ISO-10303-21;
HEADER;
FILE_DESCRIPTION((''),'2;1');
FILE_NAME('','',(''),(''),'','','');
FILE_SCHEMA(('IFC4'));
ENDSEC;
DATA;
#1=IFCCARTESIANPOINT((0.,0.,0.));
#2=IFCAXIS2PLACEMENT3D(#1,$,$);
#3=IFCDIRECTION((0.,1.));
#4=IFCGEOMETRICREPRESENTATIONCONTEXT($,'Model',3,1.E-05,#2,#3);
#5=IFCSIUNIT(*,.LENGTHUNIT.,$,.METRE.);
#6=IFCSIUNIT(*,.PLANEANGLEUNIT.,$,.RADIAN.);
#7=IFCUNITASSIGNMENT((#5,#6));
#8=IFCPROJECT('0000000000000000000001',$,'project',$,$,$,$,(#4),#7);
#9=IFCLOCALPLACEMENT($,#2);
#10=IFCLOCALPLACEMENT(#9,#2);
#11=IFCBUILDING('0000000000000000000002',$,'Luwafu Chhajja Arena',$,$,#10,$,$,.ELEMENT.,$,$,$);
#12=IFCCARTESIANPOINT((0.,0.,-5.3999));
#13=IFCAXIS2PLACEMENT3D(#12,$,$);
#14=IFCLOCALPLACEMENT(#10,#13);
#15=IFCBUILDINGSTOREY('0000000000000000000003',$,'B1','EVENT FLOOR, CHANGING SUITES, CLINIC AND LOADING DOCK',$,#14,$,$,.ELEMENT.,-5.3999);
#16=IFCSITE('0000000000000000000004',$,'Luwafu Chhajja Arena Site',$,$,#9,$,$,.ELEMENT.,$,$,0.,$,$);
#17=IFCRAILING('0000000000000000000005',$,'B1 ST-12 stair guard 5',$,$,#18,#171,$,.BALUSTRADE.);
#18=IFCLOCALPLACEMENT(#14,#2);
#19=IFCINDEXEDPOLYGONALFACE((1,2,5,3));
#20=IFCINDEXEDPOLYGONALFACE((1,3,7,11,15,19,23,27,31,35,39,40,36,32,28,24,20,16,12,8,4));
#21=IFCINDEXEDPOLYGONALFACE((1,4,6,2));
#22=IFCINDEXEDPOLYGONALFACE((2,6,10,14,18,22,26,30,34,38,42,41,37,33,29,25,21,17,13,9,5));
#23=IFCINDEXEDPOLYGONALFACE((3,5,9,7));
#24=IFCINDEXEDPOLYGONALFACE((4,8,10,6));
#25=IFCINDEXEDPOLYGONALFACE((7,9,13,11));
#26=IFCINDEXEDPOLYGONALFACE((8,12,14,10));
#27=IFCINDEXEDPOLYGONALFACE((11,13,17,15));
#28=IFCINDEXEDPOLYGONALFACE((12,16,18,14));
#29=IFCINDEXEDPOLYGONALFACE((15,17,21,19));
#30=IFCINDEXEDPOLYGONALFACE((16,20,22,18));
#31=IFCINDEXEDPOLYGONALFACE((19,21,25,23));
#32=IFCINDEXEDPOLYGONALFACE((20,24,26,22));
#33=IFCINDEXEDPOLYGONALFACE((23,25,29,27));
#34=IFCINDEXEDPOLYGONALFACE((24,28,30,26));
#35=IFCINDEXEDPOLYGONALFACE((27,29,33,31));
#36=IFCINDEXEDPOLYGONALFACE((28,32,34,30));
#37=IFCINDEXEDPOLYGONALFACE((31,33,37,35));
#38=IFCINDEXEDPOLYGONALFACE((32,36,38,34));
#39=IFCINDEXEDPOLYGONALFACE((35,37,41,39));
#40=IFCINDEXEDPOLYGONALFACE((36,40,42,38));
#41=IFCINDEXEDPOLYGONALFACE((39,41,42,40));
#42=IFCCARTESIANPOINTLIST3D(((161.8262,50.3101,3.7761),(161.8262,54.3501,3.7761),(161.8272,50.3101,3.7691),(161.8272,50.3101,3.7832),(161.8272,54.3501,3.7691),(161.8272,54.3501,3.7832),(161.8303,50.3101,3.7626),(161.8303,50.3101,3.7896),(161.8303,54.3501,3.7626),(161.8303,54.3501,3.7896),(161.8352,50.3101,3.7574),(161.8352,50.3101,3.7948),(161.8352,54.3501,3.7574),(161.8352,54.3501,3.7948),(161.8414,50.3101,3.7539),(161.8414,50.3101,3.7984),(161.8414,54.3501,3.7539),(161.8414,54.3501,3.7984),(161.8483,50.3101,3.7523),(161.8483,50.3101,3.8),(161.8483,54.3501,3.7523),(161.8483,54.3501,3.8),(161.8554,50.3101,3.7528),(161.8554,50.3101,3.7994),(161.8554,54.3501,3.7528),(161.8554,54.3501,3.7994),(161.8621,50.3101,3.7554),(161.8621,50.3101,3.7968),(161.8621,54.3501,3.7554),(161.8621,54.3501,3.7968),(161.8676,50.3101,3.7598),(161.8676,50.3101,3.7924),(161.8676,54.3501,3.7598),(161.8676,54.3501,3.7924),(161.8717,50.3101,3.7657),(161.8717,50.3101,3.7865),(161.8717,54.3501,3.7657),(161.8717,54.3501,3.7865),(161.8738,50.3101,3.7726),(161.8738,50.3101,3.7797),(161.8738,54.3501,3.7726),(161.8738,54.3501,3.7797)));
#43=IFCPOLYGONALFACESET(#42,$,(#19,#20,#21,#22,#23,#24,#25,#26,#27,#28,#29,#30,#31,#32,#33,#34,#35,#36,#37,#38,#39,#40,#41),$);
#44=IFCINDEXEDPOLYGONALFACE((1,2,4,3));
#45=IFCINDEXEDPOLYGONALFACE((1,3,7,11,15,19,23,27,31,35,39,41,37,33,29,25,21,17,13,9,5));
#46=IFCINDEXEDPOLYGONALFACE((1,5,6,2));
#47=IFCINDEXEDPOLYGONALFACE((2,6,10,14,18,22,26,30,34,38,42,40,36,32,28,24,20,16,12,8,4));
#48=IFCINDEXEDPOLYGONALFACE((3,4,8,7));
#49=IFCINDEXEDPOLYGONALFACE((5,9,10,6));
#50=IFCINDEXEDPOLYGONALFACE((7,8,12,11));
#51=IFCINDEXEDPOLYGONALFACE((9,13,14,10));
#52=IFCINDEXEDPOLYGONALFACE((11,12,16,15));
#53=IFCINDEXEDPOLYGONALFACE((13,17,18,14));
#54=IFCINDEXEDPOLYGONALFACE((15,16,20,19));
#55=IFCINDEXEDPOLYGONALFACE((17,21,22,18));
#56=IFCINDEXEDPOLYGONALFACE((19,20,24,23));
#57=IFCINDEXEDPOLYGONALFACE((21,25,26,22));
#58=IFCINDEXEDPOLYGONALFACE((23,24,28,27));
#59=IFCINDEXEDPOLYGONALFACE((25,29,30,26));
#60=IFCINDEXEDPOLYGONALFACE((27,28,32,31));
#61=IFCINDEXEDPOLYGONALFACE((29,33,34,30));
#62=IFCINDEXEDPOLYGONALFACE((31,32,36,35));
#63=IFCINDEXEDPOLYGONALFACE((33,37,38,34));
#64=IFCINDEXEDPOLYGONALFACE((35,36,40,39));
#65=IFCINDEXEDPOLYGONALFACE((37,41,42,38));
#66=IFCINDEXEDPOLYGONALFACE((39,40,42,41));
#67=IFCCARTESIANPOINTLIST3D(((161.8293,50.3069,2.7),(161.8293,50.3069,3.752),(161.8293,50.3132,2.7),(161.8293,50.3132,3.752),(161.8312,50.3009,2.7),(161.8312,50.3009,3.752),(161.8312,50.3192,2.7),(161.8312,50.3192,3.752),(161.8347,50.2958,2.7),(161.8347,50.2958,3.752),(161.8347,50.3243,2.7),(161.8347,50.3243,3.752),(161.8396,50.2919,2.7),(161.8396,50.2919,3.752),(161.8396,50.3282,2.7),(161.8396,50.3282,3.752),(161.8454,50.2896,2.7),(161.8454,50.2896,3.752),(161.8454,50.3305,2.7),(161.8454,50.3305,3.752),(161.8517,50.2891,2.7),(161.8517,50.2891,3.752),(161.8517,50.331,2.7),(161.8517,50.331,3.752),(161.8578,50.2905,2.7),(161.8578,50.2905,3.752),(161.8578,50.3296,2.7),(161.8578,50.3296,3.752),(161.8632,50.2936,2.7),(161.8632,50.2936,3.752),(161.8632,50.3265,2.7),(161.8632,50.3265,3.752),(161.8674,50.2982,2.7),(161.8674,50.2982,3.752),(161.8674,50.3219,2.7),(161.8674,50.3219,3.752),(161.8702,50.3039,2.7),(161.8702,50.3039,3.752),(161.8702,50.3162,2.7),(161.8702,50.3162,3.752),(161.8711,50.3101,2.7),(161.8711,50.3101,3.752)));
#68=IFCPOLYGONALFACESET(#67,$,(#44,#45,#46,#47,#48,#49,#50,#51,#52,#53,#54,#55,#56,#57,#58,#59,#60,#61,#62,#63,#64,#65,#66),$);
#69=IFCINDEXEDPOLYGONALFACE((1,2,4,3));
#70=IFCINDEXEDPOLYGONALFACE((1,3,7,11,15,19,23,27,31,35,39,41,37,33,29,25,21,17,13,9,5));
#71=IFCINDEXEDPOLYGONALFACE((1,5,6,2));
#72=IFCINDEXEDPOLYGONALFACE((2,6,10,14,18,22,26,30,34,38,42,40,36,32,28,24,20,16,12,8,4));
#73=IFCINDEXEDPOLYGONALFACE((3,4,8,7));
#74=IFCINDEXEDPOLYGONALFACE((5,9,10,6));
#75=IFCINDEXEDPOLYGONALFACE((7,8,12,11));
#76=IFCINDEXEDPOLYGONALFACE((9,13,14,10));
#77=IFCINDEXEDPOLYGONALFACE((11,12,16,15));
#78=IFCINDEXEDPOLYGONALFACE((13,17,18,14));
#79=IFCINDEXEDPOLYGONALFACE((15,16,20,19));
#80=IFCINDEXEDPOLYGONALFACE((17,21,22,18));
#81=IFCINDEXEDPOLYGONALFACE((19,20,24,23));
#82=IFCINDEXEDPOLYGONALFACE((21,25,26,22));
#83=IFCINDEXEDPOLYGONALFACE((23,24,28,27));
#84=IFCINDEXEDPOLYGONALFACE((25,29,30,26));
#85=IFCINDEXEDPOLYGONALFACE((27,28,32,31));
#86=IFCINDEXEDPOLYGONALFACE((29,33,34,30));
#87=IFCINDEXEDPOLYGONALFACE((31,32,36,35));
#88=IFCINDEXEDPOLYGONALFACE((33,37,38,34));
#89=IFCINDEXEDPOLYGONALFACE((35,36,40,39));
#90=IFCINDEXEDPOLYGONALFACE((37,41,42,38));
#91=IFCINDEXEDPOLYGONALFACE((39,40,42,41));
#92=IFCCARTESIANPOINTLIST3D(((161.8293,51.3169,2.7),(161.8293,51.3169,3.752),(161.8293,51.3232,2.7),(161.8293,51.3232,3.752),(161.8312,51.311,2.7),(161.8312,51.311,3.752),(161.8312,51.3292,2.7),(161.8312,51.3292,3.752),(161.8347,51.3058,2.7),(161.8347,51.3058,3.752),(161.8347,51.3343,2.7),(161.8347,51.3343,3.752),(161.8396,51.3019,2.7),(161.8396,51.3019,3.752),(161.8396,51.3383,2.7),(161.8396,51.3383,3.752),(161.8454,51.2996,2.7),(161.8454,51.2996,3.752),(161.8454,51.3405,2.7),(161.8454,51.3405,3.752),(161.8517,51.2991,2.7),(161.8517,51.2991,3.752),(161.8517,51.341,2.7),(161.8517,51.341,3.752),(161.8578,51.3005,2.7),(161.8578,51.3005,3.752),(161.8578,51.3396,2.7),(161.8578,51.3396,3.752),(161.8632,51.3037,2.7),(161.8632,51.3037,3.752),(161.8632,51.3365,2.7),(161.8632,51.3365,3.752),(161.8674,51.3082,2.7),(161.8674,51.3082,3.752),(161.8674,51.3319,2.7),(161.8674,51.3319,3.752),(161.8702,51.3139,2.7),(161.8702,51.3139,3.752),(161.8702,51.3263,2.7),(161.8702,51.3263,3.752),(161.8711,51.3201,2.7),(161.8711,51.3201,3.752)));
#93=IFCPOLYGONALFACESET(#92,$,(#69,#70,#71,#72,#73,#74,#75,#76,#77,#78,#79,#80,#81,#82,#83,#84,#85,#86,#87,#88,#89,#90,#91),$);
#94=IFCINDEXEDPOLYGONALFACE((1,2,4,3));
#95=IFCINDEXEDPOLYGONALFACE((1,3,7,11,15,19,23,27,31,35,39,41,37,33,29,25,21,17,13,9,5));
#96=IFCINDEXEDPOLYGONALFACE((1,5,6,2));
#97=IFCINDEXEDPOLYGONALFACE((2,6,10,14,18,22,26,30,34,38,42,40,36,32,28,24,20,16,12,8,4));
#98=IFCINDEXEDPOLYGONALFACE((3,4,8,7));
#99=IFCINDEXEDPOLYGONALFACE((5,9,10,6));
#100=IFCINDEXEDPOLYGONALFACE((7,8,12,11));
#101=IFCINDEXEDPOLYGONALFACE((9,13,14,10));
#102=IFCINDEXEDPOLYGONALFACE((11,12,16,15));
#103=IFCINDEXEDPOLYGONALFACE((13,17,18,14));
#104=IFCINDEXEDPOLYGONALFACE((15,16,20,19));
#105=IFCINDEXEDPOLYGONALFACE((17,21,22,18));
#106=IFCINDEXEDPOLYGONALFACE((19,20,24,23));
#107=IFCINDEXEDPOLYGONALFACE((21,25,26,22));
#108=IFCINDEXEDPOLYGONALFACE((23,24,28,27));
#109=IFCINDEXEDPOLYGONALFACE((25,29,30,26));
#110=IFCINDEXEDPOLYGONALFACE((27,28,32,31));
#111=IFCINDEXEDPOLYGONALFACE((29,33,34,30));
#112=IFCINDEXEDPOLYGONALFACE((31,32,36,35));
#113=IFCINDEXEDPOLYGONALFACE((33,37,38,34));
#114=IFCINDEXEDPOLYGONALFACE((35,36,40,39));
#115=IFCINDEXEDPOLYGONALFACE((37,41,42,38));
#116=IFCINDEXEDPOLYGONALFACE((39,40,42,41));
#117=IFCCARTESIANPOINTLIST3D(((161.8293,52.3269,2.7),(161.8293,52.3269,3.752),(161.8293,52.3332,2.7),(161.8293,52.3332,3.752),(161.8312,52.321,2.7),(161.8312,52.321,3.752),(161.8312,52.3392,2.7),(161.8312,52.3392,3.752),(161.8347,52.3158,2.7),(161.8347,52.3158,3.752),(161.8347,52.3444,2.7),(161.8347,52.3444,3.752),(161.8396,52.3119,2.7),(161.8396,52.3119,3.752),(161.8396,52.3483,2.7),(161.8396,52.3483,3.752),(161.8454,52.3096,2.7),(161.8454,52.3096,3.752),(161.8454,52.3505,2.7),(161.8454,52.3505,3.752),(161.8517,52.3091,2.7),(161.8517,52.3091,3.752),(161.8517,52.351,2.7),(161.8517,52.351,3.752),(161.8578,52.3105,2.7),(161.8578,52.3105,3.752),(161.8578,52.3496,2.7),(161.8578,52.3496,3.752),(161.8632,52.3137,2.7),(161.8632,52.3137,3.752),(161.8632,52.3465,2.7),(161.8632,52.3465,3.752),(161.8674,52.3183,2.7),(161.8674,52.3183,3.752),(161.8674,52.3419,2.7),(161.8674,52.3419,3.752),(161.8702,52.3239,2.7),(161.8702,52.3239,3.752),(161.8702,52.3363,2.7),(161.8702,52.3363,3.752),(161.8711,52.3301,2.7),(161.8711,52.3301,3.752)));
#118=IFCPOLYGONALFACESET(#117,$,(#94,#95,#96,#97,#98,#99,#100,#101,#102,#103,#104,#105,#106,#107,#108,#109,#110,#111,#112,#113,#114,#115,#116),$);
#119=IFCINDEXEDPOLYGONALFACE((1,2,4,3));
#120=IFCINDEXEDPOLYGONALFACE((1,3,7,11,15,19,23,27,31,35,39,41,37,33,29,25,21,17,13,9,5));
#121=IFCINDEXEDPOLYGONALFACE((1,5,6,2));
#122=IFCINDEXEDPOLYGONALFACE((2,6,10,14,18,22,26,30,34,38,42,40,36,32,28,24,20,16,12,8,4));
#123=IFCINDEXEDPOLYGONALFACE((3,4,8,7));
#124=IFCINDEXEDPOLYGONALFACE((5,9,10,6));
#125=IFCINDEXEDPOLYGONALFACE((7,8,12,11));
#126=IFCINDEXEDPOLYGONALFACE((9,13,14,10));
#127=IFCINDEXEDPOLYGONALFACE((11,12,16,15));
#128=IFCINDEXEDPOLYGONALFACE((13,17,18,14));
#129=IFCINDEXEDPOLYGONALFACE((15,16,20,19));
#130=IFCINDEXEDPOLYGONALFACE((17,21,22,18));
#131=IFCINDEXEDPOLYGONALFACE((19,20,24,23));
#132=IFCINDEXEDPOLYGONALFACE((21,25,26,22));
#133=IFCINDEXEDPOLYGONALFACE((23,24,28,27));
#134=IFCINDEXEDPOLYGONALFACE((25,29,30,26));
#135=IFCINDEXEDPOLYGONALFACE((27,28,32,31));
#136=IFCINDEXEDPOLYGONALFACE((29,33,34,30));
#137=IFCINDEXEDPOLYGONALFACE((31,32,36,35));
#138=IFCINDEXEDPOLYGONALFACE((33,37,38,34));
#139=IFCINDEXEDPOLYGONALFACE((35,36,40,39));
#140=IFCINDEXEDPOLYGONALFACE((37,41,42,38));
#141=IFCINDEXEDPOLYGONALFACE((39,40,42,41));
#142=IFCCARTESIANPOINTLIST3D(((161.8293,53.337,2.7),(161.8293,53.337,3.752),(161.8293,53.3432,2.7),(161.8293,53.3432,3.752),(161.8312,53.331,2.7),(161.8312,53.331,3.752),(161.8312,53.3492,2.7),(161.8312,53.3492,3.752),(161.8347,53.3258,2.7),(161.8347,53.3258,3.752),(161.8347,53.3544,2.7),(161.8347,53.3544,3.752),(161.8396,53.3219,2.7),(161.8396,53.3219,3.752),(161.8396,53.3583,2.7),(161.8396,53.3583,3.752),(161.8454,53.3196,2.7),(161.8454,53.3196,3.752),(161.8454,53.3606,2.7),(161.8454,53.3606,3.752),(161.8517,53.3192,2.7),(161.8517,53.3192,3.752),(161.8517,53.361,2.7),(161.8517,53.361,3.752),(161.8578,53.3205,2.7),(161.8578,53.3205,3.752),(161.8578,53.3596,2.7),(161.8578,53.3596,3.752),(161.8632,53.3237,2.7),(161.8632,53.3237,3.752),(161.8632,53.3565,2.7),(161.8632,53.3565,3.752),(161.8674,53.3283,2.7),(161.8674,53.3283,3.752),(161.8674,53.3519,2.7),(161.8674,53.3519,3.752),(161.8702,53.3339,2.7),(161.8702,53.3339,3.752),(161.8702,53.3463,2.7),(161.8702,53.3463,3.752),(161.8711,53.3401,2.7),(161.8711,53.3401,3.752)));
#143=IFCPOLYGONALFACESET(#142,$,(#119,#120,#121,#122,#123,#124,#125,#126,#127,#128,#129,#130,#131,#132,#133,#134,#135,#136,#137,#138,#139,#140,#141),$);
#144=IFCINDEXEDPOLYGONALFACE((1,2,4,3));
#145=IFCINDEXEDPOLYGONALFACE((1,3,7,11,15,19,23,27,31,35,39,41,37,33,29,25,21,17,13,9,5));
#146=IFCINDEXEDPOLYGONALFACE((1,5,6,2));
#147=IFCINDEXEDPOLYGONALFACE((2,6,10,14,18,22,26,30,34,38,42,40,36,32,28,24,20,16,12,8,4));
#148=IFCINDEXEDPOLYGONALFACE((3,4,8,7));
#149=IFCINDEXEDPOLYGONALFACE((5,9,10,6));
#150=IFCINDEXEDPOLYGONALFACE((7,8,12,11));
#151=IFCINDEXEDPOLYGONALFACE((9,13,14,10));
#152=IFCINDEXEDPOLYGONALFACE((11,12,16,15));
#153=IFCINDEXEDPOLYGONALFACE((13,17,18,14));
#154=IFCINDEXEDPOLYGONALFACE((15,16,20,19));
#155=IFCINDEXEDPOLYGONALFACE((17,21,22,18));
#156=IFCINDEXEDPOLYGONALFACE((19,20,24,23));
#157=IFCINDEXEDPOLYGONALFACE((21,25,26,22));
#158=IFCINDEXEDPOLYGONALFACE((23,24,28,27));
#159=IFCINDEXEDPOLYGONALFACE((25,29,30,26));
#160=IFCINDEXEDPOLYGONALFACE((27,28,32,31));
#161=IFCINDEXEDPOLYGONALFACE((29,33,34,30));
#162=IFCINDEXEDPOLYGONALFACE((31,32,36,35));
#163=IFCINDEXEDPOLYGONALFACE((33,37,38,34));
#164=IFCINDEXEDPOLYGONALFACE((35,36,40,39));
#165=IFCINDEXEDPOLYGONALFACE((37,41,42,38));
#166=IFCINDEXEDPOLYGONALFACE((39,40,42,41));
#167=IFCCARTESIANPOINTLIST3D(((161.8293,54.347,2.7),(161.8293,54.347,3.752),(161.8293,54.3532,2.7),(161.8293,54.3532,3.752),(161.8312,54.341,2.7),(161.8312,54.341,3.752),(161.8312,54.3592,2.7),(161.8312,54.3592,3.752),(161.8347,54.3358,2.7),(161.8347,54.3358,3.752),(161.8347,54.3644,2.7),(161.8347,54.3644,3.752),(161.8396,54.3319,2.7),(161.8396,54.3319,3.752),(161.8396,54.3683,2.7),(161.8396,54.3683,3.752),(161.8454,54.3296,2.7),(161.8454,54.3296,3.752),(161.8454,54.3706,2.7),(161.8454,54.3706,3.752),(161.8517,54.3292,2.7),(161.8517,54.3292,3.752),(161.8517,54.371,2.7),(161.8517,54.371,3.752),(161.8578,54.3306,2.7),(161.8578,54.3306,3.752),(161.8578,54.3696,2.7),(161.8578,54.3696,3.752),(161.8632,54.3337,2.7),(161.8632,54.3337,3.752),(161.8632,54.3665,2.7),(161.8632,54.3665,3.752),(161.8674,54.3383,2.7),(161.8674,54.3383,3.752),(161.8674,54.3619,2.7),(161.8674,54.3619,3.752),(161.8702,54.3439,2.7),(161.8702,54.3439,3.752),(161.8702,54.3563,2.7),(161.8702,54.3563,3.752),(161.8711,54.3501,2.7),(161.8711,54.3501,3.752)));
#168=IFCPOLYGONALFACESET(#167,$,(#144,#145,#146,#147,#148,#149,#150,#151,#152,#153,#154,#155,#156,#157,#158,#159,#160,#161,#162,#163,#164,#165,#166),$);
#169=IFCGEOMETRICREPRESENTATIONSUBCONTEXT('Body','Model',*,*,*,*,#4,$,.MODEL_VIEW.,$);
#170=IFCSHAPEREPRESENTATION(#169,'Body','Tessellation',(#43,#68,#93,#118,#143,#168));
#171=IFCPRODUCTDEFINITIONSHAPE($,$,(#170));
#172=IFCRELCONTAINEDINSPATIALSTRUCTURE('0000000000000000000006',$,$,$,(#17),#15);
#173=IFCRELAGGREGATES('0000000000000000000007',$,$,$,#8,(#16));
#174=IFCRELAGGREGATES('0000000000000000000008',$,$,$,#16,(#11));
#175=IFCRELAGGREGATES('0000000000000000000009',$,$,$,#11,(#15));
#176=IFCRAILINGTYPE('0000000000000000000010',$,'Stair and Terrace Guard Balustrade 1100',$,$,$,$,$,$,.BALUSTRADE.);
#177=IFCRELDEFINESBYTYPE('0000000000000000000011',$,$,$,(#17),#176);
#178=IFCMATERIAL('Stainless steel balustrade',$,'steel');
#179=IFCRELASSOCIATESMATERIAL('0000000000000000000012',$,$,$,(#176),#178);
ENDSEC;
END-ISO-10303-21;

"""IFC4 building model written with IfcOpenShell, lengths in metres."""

from ifc_helpers import new_model, si_unit, direction, frame, origin, origin_2d, place, context, subcontext, project, spatial, circle, extrude, material, type_object, element, save


model = new_model("IFC4")

# Units and contexts
model_context = context("Model", 3, precision=1e-05, world=origin(), true_north=direction((0.0, 1.0)))
body_context = subcontext(model_context, "Body", "Model", "MODEL_VIEW")
ifc_project = project(units=[si_unit("LENGTHUNIT", "METRE"), si_unit("PLANEANGLEUNIT", "RADIAN")], contexts=[model_context])

# Site, building, storey
site_placement = place(None, origin())
site = spatial("IfcSite", under=ifc_project, at=site_placement, Name="Luwafu Chhajja Arena Site", CompositionType="ELEMENT", RefElevation=0.0)
building_placement = place(site_placement, origin())
building = spatial("IfcBuilding", under=site, at=building_placement, Name="Luwafu Chhajja Arena", CompositionType="ELEMENT")
storey_placement = place(building_placement, frame((0.0, 0.0, -5.3999)))
storey = spatial("IfcBuildingStorey", under=building, at=storey_placement, Name="B1", Description="EVENT FLOOR, CHANGING SUITES, CLINIC AND LOADING DOCK", CompositionType="ELEMENT", Elevation=-5.3999)

# Railing
ifc_material_1 = material(Name="Stainless steel balustrade", Category="steel")
railing_type_1 = type_object("IfcRailingType", Name="Stair and Terrace Guard Balustrade 1100", PredefinedType="BALUSTRADE", material=ifc_material_1)
railing_1_placement = place(storey_placement, frame((161.8501, 50.3101, 2.7)))
element("IfcRailing", 1, at=railing_1_placement, inside=storey, type_object=railing_type_1, Name="B1 ST-12 stair guard 5", PredefinedType="BALUSTRADE", context=body_context, shape_type="SweptSolid", body=[
    extrude(circle(Radius=0.0239, at=origin_2d()), frame((0.0, 0.0, 1.0762), z_axis=(0.0, 1.0, 0.0), x_axis=(-1.0, 0.0, 0.0)), (0.0, 0.0, 1.0), 4.04),
    extrude(circle(Radius=0.021, at=origin_2d()), origin(), (0.0, 0.0, 1.0), 1.052),
    extrude(circle(Radius=0.021, at=origin_2d()), frame((0.0, 1.01, 0.0)), (0.0, 0.0, 1.0), 1.052),
    extrude(circle(Radius=0.021, at=origin_2d()), frame((0.0, 2.02, 0.0)), (0.0, 0.0, 1.0), 1.052),
    extrude(circle(Radius=0.021, at=origin_2d()), frame((0.0, 3.03, 0.0)), (0.0, 0.0, 1.0), 1.052),
    extrude(circle(Radius=0.021, at=origin_2d()), frame((0.0, 4.04, 0.0)), (0.0, 0.0, 1.0), 1.052),
])

save(model, "model.ifc")
